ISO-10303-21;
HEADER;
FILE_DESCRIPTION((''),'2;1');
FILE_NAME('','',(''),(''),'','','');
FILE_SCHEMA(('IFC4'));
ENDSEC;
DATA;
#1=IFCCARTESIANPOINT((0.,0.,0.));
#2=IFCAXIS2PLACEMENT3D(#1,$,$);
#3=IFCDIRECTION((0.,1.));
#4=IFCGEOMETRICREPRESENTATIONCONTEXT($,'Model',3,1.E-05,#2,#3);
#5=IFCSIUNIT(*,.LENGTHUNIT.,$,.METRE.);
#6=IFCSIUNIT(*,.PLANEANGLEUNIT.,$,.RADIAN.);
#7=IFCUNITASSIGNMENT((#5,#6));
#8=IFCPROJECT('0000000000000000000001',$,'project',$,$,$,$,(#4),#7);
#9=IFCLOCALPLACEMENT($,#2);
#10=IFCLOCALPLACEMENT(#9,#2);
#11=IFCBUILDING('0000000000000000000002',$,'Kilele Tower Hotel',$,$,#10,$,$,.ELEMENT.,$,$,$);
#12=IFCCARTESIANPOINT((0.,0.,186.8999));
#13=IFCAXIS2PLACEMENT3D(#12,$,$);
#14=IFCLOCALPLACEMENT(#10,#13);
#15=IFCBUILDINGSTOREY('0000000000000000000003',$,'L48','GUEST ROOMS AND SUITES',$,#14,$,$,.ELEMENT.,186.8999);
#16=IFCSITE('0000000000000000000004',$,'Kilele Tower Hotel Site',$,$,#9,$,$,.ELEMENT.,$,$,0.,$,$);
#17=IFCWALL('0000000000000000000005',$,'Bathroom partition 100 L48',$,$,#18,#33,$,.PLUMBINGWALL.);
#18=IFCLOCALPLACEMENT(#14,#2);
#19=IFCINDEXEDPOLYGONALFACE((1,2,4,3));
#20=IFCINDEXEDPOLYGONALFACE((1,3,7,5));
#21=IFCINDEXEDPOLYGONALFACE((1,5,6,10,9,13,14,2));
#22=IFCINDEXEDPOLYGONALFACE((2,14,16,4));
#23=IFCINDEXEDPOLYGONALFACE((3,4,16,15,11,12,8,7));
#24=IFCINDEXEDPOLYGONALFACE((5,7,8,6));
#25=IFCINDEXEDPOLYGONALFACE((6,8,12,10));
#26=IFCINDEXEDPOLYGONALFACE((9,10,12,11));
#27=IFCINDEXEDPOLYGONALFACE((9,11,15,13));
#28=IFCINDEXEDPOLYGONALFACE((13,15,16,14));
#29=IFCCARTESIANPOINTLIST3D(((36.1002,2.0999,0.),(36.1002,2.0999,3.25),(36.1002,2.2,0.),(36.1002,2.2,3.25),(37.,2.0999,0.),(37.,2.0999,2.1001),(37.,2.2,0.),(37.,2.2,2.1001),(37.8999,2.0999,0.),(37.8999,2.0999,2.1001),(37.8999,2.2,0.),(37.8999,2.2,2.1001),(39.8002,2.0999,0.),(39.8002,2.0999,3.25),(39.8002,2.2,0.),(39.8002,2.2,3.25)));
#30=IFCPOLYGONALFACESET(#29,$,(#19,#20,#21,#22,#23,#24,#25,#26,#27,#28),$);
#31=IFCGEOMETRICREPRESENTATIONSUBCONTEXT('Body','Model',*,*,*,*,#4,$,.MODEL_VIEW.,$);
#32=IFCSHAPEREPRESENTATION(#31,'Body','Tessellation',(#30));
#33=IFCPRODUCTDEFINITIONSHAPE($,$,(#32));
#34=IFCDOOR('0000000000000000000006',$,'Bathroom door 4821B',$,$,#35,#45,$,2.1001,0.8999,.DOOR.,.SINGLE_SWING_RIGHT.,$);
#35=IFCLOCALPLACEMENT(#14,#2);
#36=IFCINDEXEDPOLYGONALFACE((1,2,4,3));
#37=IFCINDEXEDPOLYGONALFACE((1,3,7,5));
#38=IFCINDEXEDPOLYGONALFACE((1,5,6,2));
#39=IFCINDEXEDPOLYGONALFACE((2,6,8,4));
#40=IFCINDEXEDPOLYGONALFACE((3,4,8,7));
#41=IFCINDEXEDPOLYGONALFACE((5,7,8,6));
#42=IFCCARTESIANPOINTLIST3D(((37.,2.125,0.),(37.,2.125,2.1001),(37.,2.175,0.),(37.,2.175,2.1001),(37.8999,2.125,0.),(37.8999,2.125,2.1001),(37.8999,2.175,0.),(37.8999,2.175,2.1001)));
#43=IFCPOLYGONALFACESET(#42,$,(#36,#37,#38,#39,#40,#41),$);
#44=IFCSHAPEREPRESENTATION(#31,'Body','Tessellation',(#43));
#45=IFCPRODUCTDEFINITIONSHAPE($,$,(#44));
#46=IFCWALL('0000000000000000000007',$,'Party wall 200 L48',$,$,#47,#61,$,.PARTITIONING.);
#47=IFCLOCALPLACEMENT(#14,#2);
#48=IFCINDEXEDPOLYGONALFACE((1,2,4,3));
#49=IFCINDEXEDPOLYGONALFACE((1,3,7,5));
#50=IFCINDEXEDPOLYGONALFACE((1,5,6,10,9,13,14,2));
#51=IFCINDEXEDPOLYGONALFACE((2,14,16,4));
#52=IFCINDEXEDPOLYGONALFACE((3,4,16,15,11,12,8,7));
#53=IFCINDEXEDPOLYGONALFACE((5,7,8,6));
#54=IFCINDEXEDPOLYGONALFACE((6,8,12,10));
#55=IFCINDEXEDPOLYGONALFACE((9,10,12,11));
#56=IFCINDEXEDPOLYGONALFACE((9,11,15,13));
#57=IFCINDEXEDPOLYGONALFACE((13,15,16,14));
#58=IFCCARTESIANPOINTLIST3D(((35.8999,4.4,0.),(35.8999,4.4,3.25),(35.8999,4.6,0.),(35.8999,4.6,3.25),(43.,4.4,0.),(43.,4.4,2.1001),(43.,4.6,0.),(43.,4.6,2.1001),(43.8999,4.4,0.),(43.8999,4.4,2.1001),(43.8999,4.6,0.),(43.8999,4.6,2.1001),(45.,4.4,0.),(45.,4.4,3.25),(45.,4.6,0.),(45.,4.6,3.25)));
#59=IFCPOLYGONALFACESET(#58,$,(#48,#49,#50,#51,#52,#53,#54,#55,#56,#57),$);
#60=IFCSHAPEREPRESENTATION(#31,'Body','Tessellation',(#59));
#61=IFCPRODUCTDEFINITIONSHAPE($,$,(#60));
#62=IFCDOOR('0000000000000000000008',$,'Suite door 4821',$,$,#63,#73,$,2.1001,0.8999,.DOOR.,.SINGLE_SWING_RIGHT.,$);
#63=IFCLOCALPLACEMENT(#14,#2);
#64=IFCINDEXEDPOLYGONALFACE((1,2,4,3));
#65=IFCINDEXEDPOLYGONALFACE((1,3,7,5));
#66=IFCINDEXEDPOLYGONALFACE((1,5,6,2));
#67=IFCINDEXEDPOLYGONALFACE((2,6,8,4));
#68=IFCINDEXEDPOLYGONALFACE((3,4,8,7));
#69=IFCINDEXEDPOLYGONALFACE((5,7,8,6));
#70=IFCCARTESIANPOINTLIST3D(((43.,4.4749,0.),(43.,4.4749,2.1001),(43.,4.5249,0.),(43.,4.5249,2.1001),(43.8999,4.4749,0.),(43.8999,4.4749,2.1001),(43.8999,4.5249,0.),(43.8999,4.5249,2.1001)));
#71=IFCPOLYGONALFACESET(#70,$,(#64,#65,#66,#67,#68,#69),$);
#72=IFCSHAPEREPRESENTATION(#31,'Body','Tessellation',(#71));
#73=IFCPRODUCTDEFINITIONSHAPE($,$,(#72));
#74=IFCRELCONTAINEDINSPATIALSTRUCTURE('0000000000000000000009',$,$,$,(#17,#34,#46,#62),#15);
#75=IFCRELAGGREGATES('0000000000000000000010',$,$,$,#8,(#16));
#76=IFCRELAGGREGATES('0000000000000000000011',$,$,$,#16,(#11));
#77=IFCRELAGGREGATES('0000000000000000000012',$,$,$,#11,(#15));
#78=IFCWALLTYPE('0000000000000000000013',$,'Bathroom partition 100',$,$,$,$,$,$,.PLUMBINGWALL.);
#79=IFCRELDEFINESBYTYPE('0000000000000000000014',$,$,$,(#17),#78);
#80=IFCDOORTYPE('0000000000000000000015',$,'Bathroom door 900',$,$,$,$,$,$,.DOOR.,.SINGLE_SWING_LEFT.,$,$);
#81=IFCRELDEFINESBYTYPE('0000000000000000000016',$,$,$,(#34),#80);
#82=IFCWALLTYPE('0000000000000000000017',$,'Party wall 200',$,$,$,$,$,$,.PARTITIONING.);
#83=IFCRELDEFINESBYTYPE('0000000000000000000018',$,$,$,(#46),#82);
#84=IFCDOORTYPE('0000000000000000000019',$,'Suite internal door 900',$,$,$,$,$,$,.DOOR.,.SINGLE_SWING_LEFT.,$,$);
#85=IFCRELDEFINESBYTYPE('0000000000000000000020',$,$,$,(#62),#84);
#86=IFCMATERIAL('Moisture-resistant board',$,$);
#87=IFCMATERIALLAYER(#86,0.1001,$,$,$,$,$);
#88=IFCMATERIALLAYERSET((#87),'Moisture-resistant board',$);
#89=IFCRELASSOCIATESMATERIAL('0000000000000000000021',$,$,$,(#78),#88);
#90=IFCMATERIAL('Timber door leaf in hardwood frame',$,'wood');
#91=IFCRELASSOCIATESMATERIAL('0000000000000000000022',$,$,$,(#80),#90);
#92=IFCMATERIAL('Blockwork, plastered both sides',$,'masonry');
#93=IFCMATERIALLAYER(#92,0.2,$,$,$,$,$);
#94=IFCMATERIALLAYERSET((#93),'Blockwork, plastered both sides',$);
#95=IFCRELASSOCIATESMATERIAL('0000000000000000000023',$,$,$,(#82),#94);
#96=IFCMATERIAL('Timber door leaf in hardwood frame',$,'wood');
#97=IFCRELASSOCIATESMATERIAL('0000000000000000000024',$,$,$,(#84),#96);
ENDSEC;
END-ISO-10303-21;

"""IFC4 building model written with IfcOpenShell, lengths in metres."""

from ifc_helpers import new_model, si_unit, direction, frame, frame_2d, origin, place, context, subcontext, project, spatial, rectangle, extrude, material, layer, layer_set, type_object, element, fill, save


model = new_model("IFC4")

# Units and contexts
model_context = context("Model", 3, precision=1e-05, world=origin(), true_north=direction((0.0, 1.0)))
body_context = subcontext(model_context, "Body", "Model", "MODEL_VIEW")
ifc_project = project(units=[si_unit("LENGTHUNIT", "METRE"), si_unit("PLANEANGLEUNIT", "RADIAN")], contexts=[model_context])

# Site, building, storey
site_placement = place(None, origin())
site = spatial("IfcSite", under=ifc_project, at=site_placement, Name="Kilele Tower Hotel Site", CompositionType="ELEMENT", RefElevation=0.0)
building_placement = place(site_placement, origin())
building = spatial("IfcBuilding", under=site, at=building_placement, Name="Kilele Tower Hotel", CompositionType="ELEMENT")
storey_placement = place(building_placement, frame((0.0, 0.0, 186.8999)))
storey = spatial("IfcBuildingStorey", under=building, at=storey_placement, Name="L48", Description="GUEST ROOMS AND SUITES", CompositionType="ELEMENT", Elevation=186.8999)

# Shared definitions
ifc_material_1 = material(Name="Moisture-resistant board")
ifc_layer_1 = layer(ifc_material_1, 0.1001)
ifc_layer_set_1 = layer_set([ifc_layer_1], Name="Moisture-resistant board")
wall_type_1 = type_object("IfcWallType", Name="Bathroom partition 100", PredefinedType="PLUMBINGWALL", material=ifc_layer_set_1)

# Walls, openings, doors
ifc_material_2 = material(Name="Timber door leaf in hardwood frame", Category="wood")
door_type_1 = type_object("IfcDoorType", Name="Bathroom door 900", OperationType="SINGLE_SWING_LEFT", PredefinedType="DOOR", material=ifc_material_2)
wall_1_placement = place(storey_placement, frame((36.1001, 2.1499, 0.0), z_axis=(0.0, 0.0, 1.0), x_axis=(1.0, 0.0, 0.0)))
wall_1 = element("IfcWall", 1, at=wall_1_placement, inside=storey, type_object=wall_type_1, Name="Bathroom partition 100 L48", PredefinedType="PLUMBINGWALL", context=body_context, shape_type="SweptSolid", body=[
    extrude(rectangle(XDim=3.7, YDim=0.1001, at=frame_2d((1.8501, 0.0))), origin(), (0.0, 0.0, 1.0), 3.25),
])
opening_1_placement = place(wall_1_placement, frame((1.7998, 0.0, 0.0), z_axis=(0.0, 0.0, 1.0), x_axis=(-1.0, 0.0, 0.0)))
opening_1 = element("IfcOpeningElement", 2, at=opening_1_placement, cuts=wall_1, PredefinedType="OPENING", context=body_context, shape_type="SweptSolid", body=[
    extrude(rectangle(XDim=0.8999, YDim=2.1001, at=frame_2d((0.45, 1.05))), frame((0.0, 0.0601, 0.0), z_axis=(0.0, -1.0, 0.0), x_axis=(1.0, 0.0, 0.0)), (0.0, 0.0, 1.0), 0.1201),
])
door_1_placement = place(opening_1_placement, origin())
door_1 = element("IfcDoor", 3, at=door_1_placement, inside=storey, type_object=door_type_1, Name="Bathroom door 4821B", OperationType="SINGLE_SWING_RIGHT", OverallHeight=2.1001, OverallWidth=0.8999, PredefinedType="DOOR", context=body_context, shape_type="SweptSolid", body=[
    extrude(rectangle(XDim=0.8999, YDim=2.1001, at=frame_2d((0.45, 1.05))), frame((0.0, 0.0249, 0.0), z_axis=(0.0, -1.0, 0.0), x_axis=(1.0, 0.0, 0.0)), (0.0, 0.0, 1.0), 0.05),
])
fill(opening_1, door_1)
ifc_material_3 = material(Name="Blockwork, plastered both sides", Category="masonry")
ifc_layer_2 = layer(ifc_material_3, 0.2)
ifc_layer_set_2 = layer_set([ifc_layer_2], Name="Blockwork, plastered both sides")
wall_type_2 = type_object("IfcWallType", Name="Party wall 200", PredefinedType="PARTITIONING", material=ifc_layer_set_2)
wall_2_placement = place(storey_placement, frame((35.8999, 4.5, 0.0), z_axis=(0.0, 0.0, 1.0), x_axis=(1.0, 0.0, 0.0)))
wall_2 = element("IfcWall", 4, at=wall_2_placement, inside=storey, type_object=wall_type_2, Name="Party wall 200 L48", PredefinedType="PARTITIONING", context=body_context, shape_type="SweptSolid", body=[
    extrude(rectangle(XDim=9.1001, YDim=0.2, at=frame_2d((4.55, 0.0))), origin(), (0.0, 0.0, 1.0), 3.25),
])
opening_2_placement = place(wall_2_placement, frame((7.1001, 0.0, 0.0)))
opening_2 = element("IfcOpeningElement", 5, at=opening_2_placement, cuts=wall_2, PredefinedType="OPENING", context=body_context, shape_type="SweptSolid", body=[
    extrude(rectangle(XDim=0.8999, YDim=2.1001, at=frame_2d((0.45, 1.05))), frame((0.0, 0.1099, 0.0), z_axis=(0.0, -1.0, 0.0), x_axis=(1.0, 0.0, 0.0)), (0.0, 0.0, 1.0), 0.22),
])
ifc_material_4 = material(Name="Timber door leaf in hardwood frame", Category="wood")
door_type_2 = type_object("IfcDoorType", Name="Suite internal door 900", OperationType="SINGLE_SWING_LEFT", PredefinedType="DOOR", material=ifc_material_4)
door_2_placement = place(opening_2_placement, origin())
door_2 = element("IfcDoor", 6, at=door_2_placement, inside=storey, type_object=door_type_2, Name="Suite door 4821", OperationType="SINGLE_SWING_RIGHT", OverallHeight=2.1001, OverallWidth=0.8999, PredefinedType="DOOR", context=body_context, shape_type="SweptSolid", body=[
    extrude(rectangle(XDim=0.8999, YDim=2.1001, at=frame_2d((0.45, 1.05))), frame((0.0, 0.0249, 0.0), z_axis=(0.0, -1.0, 0.0), x_axis=(1.0, 0.0, 0.0)), (0.0, 0.0, 1.0), 0.05),
])
fill(opening_2, door_2)

save(model, "model.ifc")
